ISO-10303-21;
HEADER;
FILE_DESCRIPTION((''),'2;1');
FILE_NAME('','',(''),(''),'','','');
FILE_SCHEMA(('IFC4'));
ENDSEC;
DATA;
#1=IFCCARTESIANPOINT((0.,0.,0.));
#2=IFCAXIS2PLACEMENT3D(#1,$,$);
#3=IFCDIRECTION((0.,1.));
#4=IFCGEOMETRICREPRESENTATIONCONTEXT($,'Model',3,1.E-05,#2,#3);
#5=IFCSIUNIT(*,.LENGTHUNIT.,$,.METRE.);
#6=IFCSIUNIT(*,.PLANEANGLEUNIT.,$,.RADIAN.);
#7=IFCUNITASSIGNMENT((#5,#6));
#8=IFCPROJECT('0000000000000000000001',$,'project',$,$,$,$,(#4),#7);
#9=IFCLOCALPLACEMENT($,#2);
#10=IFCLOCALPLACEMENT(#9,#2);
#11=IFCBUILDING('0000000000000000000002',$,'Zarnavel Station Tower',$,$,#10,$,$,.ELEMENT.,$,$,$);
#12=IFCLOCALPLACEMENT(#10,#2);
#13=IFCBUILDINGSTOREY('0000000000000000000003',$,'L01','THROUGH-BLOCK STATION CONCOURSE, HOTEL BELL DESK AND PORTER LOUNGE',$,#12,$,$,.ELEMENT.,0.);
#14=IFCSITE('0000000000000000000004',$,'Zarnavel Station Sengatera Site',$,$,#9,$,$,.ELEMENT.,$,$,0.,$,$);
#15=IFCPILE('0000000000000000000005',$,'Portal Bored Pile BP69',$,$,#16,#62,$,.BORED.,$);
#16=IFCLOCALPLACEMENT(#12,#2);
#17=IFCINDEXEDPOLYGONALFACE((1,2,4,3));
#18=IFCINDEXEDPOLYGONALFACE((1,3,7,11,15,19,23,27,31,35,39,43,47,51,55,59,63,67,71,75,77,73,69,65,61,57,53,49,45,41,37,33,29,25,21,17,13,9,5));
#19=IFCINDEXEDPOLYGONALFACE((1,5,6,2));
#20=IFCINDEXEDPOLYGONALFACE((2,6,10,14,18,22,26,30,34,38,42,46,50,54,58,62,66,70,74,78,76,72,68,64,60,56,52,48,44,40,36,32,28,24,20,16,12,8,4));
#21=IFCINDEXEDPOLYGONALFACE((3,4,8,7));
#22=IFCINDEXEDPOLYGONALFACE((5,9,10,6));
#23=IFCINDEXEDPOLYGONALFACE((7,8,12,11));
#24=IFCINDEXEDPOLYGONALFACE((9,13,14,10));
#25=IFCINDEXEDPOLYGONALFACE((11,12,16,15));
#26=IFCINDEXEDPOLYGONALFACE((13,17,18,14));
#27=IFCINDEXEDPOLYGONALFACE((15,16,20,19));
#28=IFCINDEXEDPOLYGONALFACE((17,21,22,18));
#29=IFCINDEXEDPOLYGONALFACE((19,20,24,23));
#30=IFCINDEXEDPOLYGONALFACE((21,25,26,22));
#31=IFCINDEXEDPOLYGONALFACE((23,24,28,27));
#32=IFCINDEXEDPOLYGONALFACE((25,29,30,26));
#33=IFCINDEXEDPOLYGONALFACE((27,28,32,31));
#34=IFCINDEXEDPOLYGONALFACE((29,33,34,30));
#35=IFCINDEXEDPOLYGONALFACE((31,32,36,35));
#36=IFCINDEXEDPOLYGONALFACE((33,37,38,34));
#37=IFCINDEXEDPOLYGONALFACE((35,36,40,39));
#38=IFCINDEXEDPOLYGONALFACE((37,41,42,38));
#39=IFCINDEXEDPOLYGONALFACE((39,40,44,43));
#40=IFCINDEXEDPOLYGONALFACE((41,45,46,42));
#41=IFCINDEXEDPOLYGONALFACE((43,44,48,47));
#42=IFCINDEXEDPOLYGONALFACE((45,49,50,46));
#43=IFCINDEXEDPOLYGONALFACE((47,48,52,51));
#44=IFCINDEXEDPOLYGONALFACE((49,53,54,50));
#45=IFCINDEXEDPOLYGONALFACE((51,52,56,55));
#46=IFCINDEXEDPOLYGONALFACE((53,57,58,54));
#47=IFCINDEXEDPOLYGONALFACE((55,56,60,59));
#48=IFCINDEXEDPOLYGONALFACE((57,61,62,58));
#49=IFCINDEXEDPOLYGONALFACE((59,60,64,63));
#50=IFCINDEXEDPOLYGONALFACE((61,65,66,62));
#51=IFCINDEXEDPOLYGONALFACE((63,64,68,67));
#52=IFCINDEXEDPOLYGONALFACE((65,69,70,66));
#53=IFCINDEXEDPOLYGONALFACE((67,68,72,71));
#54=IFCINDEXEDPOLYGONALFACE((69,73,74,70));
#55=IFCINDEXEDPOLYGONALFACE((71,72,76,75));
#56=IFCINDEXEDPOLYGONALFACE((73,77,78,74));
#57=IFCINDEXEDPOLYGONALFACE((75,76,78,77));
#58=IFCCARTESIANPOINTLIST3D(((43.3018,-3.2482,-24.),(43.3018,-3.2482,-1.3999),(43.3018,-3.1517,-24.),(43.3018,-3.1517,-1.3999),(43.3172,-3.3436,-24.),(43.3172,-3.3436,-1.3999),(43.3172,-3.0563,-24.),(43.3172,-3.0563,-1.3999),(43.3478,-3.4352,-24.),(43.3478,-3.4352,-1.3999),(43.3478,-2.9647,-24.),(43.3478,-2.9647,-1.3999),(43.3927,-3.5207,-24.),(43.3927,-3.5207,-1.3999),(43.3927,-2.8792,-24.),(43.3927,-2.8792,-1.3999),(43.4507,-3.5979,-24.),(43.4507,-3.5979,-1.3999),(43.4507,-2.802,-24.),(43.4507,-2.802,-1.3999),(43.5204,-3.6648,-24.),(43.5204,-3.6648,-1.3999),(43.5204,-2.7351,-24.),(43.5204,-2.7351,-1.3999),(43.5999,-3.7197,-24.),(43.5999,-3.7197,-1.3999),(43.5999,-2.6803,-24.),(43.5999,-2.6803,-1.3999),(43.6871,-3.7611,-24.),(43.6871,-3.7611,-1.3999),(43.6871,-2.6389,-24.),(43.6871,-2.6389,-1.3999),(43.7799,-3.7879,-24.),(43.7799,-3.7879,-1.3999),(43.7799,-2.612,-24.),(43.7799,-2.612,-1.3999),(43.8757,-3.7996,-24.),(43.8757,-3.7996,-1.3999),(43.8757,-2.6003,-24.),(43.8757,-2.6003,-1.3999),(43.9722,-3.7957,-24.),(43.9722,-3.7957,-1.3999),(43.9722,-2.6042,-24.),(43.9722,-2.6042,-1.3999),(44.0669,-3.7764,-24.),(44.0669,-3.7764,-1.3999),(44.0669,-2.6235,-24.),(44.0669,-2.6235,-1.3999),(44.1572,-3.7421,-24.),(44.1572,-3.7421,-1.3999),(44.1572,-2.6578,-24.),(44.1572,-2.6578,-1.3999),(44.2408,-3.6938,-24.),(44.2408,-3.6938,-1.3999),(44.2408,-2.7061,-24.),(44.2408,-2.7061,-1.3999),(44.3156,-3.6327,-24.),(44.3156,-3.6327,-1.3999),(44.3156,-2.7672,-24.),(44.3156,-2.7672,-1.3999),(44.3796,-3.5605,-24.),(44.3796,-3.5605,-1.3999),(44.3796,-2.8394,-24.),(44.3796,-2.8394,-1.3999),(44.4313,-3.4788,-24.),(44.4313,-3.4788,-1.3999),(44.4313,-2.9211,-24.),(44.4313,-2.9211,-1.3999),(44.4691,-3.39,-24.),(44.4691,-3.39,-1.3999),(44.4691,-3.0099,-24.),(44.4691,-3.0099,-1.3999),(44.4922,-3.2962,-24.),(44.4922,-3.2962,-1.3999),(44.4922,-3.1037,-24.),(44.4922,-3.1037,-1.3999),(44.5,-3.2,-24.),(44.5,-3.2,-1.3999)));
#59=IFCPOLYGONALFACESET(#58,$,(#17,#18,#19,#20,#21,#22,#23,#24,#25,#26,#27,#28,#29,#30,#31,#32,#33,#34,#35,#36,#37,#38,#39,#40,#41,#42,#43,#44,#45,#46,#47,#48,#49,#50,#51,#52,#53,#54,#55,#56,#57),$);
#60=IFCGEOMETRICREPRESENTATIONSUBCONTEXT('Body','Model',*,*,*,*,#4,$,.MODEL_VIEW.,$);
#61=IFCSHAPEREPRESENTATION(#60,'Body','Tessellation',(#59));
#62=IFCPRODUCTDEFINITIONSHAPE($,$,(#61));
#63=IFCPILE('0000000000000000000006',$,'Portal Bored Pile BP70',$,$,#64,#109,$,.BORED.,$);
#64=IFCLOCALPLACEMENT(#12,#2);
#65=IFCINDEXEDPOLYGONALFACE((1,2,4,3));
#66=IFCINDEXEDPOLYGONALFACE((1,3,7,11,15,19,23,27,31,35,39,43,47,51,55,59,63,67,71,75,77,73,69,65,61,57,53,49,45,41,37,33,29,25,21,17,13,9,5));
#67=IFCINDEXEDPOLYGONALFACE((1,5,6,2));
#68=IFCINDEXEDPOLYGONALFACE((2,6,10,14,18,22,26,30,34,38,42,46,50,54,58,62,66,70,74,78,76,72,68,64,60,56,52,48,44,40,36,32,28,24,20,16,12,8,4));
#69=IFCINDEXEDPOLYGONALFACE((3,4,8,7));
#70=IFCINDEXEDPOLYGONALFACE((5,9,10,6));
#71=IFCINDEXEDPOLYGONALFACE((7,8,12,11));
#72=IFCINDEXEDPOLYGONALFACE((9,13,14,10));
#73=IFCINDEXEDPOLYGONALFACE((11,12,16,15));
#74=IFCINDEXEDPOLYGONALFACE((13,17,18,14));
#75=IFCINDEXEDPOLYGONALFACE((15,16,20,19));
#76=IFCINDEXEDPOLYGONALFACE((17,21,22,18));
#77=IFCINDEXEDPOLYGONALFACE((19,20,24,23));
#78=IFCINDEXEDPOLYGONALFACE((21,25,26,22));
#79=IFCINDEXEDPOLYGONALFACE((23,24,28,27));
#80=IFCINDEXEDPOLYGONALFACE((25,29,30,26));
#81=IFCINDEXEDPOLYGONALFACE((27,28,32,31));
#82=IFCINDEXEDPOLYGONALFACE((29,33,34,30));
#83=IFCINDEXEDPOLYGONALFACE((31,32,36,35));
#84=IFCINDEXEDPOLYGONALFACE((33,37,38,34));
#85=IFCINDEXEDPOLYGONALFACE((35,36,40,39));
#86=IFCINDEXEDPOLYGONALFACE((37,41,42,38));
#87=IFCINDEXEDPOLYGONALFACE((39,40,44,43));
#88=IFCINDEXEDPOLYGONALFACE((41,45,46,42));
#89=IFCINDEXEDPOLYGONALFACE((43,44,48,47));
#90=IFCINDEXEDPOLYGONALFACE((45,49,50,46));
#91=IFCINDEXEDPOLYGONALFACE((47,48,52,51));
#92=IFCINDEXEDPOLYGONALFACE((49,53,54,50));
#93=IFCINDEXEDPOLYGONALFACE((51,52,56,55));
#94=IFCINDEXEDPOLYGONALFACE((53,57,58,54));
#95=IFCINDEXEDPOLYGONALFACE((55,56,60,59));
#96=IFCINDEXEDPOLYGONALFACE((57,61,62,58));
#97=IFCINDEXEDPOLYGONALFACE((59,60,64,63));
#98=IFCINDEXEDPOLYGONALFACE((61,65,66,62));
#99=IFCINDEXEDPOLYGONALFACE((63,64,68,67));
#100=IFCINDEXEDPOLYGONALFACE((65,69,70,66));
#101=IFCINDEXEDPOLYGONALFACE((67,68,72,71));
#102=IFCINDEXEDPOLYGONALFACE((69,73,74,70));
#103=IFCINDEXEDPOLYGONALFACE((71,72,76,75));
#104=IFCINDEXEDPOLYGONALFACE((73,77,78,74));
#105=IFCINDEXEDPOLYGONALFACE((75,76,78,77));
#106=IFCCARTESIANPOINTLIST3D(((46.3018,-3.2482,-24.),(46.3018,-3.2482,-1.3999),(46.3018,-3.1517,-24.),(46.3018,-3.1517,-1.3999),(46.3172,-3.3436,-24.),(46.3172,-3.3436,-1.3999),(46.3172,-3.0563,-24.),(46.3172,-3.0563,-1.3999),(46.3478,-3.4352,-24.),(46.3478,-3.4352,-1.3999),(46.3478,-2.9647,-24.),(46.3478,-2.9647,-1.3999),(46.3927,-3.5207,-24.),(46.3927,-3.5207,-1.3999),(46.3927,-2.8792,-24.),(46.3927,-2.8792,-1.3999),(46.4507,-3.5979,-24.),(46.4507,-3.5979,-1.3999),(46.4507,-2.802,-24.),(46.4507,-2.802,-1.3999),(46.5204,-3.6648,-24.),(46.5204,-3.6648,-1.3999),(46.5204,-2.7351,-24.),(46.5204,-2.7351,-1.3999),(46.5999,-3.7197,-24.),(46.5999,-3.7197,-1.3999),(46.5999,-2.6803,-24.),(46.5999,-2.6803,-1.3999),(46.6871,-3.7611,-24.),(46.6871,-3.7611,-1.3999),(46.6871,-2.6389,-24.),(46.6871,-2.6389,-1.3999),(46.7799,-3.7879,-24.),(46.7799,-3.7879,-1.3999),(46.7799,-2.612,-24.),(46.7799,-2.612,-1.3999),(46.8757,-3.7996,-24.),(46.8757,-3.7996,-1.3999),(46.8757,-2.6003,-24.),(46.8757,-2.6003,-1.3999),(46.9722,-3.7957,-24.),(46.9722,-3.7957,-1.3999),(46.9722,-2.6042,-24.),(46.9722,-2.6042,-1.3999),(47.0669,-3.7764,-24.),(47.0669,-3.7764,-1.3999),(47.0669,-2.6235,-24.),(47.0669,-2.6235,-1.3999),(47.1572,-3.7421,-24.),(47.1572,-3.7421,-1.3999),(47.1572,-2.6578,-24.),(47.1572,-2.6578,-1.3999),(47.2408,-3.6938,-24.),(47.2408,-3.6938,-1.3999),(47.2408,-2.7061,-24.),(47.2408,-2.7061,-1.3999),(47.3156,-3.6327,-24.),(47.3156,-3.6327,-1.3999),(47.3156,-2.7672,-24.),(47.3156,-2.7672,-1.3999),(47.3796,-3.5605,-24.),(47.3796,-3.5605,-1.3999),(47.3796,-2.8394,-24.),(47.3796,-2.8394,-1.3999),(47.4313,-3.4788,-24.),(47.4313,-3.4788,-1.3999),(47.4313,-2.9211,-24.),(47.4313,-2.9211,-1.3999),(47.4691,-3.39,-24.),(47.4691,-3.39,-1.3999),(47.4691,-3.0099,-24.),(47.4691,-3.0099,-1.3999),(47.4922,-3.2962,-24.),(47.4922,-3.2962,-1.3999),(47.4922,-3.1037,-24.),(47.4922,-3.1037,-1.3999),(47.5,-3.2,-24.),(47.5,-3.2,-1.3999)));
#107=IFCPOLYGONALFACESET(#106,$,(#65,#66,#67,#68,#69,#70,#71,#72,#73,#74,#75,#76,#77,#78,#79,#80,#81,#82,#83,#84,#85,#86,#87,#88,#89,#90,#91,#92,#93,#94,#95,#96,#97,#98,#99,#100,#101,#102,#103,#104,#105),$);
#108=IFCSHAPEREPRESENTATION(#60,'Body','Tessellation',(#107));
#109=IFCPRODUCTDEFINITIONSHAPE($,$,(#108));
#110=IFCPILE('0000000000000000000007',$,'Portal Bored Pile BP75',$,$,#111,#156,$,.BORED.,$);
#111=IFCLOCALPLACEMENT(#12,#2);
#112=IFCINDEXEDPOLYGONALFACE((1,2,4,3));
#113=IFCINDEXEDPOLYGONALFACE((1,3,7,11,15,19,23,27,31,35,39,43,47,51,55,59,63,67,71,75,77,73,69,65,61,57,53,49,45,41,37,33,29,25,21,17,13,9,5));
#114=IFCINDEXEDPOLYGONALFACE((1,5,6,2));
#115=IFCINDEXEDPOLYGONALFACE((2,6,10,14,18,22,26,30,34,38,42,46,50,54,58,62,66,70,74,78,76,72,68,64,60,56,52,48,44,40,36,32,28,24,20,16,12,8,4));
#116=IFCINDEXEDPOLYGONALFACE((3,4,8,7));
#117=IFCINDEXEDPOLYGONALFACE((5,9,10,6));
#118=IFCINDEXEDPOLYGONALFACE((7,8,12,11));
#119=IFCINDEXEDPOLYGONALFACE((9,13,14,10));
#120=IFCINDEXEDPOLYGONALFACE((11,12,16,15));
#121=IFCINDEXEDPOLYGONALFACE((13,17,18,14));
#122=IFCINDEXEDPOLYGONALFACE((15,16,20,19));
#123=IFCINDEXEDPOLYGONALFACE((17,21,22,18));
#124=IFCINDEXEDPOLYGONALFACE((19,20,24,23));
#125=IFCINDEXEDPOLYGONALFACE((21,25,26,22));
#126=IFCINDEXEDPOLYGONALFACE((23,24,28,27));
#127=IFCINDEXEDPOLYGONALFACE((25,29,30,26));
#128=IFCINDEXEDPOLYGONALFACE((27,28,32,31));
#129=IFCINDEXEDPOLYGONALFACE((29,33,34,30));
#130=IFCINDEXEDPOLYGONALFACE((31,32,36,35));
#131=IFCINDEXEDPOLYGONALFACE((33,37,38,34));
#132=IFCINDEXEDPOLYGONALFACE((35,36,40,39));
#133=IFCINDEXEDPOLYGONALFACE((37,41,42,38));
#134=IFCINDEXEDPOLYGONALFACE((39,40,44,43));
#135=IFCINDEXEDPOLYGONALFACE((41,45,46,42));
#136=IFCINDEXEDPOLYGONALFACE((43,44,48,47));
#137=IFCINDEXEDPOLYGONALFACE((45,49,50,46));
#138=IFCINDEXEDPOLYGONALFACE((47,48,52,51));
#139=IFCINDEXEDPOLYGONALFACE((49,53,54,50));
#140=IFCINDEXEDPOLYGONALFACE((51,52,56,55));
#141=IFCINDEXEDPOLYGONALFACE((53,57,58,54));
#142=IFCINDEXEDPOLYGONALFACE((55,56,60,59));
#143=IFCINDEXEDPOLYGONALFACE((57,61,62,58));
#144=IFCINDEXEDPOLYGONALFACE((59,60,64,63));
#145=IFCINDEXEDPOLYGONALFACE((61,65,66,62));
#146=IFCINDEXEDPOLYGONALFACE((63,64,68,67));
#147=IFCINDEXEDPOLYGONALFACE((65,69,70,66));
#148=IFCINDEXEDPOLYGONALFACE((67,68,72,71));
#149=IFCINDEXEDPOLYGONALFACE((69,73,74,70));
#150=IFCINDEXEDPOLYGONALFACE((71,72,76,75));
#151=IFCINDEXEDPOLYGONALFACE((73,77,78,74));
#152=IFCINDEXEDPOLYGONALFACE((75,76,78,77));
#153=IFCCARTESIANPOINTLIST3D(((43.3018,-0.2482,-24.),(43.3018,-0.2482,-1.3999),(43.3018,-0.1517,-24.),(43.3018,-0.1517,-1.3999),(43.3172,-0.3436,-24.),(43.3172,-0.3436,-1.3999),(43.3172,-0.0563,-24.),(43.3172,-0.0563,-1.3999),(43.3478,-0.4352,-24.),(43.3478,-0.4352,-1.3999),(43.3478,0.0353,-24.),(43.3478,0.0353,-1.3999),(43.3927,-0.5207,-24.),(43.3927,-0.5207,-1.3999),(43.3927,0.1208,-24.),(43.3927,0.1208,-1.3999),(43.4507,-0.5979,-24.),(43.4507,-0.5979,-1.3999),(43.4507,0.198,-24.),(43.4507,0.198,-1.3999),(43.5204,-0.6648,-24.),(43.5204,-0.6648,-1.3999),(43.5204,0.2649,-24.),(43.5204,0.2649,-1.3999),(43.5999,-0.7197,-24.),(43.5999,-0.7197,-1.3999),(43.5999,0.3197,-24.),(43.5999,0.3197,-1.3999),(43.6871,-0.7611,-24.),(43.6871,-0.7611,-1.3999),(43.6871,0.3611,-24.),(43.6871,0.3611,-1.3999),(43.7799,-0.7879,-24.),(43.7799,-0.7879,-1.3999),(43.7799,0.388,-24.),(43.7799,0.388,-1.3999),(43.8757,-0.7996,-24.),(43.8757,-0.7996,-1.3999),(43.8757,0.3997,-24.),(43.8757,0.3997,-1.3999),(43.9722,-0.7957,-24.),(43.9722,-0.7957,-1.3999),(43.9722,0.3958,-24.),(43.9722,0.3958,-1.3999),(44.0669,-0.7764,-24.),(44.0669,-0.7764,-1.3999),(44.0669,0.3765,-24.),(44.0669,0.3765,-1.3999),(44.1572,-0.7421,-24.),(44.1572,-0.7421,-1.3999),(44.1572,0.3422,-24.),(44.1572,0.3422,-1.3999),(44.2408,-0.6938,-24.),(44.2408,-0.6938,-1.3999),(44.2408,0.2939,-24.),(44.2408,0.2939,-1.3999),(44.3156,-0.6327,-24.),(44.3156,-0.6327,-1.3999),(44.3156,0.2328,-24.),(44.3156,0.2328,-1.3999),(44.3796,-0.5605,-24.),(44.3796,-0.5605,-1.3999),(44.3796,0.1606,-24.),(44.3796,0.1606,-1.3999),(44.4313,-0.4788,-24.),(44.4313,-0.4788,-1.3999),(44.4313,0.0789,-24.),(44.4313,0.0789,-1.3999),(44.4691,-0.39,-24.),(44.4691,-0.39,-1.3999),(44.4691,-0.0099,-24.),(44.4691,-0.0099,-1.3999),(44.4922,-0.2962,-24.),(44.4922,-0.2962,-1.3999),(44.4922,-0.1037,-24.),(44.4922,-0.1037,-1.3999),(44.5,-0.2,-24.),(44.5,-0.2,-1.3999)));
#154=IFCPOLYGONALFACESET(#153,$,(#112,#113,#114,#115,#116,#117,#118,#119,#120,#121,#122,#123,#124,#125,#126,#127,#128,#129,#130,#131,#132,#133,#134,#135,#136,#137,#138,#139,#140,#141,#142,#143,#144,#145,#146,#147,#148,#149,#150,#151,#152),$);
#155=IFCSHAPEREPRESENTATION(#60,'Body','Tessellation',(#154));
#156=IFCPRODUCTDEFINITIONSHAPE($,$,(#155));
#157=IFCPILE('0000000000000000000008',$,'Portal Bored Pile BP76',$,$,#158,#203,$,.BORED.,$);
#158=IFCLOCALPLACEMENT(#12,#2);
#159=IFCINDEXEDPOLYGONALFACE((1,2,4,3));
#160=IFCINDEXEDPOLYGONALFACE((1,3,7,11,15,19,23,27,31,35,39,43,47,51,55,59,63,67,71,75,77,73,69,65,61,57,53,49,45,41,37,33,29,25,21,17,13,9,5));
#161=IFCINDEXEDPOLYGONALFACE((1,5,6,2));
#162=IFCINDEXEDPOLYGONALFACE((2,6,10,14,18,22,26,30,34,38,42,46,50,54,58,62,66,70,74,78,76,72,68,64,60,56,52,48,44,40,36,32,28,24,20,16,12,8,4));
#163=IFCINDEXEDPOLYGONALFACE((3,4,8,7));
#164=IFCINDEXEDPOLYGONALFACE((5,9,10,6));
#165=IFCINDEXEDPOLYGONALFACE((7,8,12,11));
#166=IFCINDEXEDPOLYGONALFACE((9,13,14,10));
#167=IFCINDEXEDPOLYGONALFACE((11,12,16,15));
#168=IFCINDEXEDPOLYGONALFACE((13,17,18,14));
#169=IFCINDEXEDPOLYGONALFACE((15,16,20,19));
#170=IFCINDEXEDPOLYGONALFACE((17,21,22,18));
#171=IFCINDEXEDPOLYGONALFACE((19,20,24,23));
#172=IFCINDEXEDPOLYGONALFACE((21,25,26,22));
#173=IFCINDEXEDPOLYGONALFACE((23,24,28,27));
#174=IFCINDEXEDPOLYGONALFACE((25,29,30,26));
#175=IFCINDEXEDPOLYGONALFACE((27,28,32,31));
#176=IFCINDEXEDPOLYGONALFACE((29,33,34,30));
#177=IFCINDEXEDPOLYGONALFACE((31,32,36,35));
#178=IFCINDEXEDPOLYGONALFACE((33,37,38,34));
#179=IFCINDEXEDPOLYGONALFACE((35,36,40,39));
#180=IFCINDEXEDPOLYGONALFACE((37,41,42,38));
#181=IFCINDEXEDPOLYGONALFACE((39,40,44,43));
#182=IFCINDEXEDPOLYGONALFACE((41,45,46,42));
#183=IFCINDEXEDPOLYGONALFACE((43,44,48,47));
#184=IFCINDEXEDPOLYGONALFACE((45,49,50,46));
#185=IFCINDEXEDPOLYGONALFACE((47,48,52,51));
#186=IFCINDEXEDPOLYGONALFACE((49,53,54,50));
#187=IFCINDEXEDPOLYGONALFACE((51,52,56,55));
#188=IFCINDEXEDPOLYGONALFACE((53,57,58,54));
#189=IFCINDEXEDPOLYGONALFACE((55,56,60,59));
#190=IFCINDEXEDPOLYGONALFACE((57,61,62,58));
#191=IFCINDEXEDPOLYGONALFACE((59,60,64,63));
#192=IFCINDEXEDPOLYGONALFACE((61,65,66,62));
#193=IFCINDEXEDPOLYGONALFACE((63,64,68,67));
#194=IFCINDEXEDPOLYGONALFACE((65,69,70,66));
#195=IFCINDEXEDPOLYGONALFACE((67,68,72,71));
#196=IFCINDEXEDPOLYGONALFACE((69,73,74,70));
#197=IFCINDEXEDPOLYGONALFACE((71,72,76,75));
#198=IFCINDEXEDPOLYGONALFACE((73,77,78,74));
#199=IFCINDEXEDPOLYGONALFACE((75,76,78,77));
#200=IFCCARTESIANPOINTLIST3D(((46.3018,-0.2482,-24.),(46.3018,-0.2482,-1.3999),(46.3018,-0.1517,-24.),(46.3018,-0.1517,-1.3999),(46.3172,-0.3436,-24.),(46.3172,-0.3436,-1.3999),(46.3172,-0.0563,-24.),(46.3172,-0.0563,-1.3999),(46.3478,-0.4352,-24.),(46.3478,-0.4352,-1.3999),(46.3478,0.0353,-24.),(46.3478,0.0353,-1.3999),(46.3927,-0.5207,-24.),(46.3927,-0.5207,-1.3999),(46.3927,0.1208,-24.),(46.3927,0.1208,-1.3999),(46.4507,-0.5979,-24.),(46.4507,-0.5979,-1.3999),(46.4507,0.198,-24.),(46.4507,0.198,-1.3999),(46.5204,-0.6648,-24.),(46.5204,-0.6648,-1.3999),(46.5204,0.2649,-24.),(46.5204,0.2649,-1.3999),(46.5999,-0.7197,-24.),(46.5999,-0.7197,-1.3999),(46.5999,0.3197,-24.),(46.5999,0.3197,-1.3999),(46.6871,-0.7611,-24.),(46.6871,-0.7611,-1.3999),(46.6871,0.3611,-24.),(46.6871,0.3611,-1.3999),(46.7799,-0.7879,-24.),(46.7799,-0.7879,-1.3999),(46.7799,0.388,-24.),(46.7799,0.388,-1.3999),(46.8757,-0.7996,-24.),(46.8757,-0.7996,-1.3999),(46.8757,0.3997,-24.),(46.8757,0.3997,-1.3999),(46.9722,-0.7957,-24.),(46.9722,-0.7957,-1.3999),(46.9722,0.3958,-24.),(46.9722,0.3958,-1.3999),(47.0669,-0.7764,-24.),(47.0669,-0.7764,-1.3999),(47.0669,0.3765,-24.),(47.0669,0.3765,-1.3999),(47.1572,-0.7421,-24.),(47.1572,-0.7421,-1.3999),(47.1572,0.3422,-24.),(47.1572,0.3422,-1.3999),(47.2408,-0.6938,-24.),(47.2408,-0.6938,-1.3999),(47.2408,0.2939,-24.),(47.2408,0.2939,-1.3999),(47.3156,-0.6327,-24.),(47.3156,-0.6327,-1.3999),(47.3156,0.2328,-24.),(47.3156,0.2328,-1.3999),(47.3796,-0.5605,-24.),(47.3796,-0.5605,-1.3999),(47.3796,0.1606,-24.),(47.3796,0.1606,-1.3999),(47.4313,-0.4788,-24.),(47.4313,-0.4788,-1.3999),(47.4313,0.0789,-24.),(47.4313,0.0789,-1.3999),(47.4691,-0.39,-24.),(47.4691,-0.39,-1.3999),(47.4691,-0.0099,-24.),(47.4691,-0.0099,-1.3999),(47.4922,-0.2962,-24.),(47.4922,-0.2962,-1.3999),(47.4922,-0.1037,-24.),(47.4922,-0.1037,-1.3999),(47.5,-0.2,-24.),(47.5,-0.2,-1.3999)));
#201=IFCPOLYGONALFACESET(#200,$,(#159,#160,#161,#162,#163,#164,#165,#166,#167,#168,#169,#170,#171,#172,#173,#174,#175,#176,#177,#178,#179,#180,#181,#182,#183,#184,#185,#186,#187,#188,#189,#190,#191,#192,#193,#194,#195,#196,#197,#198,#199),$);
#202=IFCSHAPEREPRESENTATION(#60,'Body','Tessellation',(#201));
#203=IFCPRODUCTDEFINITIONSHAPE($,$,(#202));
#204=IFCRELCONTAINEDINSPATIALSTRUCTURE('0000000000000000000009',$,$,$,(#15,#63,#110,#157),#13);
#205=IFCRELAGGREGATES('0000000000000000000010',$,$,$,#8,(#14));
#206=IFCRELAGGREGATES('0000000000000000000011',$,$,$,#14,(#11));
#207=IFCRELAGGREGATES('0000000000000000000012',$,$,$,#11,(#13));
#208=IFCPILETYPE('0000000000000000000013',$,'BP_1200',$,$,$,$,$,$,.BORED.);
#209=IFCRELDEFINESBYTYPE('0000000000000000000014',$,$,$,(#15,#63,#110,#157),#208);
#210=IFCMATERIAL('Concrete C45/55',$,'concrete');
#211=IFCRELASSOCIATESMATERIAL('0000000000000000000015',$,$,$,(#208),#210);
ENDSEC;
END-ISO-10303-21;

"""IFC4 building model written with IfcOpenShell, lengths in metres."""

from ifc_helpers import new_model, si_unit, direction, frame, origin, origin_2d, place, context, subcontext, project, spatial, circle, extrude, material, material_profile, profile_set, type_object, element, save


model = new_model("IFC4")

# Units and contexts
model_context = context("Model", 3, precision=1e-05, world=origin(), true_north=direction((0.0, 1.0)))
body_context = subcontext(model_context, "Body", "Model", "MODEL_VIEW")
ifc_project = project(units=[si_unit("LENGTHUNIT", "METRE"), si_unit("PLANEANGLEUNIT", "RADIAN")], contexts=[model_context])

# Site, building, storey
site_placement = place(None, origin())
site = spatial("IfcSite", under=ifc_project, at=site_placement, Name="Zarnavel Station Sengatera Site", CompositionType="ELEMENT", RefElevation=0.0)
building_placement = place(site_placement, origin())
building = spatial("IfcBuilding", under=site, at=building_placement, Name="Zarnavel Station Tower", CompositionType="ELEMENT")
storey_placement = place(building_placement, origin())
storey = spatial("IfcBuildingStorey", under=building, at=storey_placement, Name="L01", Description="THROUGH-BLOCK STATION CONCOURSE, HOTEL BELL DESK AND PORTER LOUNGE", CompositionType="ELEMENT", Elevation=0.0)

# Piles
ifc_material_1 = material(Name="Concrete C45/55", Category="concrete")
ifc_material_profile_1 = material_profile(ifc_material_1, circle(Radius=0.6001, at=origin_2d()), Name="RCCOL1200")
ifc_profile_set_1 = profile_set([ifc_material_profile_1], Name="Concrete C45/55")
pile_type = type_object("IfcPileType", Name="BP_1200", PredefinedType="BORED", material=ifc_profile_set_1)
for number, where, z_axis, x_axis, name in (
    (1, (43.8999, -3.2, -1.3999), (0.0, 0.0, -1.0), (1.0, 0.0, 0.0), "Portal Bored Pile BP69"),
    (2, (46.8999, -3.2, -1.3999), (0.0, 0.0, -1.0), (1.0, 0.0, 0.0), "Portal Bored Pile BP70"),
    (3, (43.8999, -0.2, -1.3999), (0.0, 0.0, -1.0), (1.0, 0.0, 0.0), "Portal Bored Pile BP75"),
    (4, (46.8999, -0.2, -1.3999), (0.0, 0.0, -1.0), (1.0, 0.0, 0.0), "Portal Bored Pile BP76"),
):
    element("IfcPile", number, at=place(storey_placement, frame(where, z_axis=z_axis, x_axis=x_axis)), inside=storey, type_object=pile_type, Name=name, PredefinedType="BORED", context=body_context, shape_type="SweptSolid", body=[
        extrude(circle(Radius=0.6001, at=origin_2d()), origin(), (0.0, 0.0, 1.0), 22.6001),
    ])

save(model, "model.ifc")
